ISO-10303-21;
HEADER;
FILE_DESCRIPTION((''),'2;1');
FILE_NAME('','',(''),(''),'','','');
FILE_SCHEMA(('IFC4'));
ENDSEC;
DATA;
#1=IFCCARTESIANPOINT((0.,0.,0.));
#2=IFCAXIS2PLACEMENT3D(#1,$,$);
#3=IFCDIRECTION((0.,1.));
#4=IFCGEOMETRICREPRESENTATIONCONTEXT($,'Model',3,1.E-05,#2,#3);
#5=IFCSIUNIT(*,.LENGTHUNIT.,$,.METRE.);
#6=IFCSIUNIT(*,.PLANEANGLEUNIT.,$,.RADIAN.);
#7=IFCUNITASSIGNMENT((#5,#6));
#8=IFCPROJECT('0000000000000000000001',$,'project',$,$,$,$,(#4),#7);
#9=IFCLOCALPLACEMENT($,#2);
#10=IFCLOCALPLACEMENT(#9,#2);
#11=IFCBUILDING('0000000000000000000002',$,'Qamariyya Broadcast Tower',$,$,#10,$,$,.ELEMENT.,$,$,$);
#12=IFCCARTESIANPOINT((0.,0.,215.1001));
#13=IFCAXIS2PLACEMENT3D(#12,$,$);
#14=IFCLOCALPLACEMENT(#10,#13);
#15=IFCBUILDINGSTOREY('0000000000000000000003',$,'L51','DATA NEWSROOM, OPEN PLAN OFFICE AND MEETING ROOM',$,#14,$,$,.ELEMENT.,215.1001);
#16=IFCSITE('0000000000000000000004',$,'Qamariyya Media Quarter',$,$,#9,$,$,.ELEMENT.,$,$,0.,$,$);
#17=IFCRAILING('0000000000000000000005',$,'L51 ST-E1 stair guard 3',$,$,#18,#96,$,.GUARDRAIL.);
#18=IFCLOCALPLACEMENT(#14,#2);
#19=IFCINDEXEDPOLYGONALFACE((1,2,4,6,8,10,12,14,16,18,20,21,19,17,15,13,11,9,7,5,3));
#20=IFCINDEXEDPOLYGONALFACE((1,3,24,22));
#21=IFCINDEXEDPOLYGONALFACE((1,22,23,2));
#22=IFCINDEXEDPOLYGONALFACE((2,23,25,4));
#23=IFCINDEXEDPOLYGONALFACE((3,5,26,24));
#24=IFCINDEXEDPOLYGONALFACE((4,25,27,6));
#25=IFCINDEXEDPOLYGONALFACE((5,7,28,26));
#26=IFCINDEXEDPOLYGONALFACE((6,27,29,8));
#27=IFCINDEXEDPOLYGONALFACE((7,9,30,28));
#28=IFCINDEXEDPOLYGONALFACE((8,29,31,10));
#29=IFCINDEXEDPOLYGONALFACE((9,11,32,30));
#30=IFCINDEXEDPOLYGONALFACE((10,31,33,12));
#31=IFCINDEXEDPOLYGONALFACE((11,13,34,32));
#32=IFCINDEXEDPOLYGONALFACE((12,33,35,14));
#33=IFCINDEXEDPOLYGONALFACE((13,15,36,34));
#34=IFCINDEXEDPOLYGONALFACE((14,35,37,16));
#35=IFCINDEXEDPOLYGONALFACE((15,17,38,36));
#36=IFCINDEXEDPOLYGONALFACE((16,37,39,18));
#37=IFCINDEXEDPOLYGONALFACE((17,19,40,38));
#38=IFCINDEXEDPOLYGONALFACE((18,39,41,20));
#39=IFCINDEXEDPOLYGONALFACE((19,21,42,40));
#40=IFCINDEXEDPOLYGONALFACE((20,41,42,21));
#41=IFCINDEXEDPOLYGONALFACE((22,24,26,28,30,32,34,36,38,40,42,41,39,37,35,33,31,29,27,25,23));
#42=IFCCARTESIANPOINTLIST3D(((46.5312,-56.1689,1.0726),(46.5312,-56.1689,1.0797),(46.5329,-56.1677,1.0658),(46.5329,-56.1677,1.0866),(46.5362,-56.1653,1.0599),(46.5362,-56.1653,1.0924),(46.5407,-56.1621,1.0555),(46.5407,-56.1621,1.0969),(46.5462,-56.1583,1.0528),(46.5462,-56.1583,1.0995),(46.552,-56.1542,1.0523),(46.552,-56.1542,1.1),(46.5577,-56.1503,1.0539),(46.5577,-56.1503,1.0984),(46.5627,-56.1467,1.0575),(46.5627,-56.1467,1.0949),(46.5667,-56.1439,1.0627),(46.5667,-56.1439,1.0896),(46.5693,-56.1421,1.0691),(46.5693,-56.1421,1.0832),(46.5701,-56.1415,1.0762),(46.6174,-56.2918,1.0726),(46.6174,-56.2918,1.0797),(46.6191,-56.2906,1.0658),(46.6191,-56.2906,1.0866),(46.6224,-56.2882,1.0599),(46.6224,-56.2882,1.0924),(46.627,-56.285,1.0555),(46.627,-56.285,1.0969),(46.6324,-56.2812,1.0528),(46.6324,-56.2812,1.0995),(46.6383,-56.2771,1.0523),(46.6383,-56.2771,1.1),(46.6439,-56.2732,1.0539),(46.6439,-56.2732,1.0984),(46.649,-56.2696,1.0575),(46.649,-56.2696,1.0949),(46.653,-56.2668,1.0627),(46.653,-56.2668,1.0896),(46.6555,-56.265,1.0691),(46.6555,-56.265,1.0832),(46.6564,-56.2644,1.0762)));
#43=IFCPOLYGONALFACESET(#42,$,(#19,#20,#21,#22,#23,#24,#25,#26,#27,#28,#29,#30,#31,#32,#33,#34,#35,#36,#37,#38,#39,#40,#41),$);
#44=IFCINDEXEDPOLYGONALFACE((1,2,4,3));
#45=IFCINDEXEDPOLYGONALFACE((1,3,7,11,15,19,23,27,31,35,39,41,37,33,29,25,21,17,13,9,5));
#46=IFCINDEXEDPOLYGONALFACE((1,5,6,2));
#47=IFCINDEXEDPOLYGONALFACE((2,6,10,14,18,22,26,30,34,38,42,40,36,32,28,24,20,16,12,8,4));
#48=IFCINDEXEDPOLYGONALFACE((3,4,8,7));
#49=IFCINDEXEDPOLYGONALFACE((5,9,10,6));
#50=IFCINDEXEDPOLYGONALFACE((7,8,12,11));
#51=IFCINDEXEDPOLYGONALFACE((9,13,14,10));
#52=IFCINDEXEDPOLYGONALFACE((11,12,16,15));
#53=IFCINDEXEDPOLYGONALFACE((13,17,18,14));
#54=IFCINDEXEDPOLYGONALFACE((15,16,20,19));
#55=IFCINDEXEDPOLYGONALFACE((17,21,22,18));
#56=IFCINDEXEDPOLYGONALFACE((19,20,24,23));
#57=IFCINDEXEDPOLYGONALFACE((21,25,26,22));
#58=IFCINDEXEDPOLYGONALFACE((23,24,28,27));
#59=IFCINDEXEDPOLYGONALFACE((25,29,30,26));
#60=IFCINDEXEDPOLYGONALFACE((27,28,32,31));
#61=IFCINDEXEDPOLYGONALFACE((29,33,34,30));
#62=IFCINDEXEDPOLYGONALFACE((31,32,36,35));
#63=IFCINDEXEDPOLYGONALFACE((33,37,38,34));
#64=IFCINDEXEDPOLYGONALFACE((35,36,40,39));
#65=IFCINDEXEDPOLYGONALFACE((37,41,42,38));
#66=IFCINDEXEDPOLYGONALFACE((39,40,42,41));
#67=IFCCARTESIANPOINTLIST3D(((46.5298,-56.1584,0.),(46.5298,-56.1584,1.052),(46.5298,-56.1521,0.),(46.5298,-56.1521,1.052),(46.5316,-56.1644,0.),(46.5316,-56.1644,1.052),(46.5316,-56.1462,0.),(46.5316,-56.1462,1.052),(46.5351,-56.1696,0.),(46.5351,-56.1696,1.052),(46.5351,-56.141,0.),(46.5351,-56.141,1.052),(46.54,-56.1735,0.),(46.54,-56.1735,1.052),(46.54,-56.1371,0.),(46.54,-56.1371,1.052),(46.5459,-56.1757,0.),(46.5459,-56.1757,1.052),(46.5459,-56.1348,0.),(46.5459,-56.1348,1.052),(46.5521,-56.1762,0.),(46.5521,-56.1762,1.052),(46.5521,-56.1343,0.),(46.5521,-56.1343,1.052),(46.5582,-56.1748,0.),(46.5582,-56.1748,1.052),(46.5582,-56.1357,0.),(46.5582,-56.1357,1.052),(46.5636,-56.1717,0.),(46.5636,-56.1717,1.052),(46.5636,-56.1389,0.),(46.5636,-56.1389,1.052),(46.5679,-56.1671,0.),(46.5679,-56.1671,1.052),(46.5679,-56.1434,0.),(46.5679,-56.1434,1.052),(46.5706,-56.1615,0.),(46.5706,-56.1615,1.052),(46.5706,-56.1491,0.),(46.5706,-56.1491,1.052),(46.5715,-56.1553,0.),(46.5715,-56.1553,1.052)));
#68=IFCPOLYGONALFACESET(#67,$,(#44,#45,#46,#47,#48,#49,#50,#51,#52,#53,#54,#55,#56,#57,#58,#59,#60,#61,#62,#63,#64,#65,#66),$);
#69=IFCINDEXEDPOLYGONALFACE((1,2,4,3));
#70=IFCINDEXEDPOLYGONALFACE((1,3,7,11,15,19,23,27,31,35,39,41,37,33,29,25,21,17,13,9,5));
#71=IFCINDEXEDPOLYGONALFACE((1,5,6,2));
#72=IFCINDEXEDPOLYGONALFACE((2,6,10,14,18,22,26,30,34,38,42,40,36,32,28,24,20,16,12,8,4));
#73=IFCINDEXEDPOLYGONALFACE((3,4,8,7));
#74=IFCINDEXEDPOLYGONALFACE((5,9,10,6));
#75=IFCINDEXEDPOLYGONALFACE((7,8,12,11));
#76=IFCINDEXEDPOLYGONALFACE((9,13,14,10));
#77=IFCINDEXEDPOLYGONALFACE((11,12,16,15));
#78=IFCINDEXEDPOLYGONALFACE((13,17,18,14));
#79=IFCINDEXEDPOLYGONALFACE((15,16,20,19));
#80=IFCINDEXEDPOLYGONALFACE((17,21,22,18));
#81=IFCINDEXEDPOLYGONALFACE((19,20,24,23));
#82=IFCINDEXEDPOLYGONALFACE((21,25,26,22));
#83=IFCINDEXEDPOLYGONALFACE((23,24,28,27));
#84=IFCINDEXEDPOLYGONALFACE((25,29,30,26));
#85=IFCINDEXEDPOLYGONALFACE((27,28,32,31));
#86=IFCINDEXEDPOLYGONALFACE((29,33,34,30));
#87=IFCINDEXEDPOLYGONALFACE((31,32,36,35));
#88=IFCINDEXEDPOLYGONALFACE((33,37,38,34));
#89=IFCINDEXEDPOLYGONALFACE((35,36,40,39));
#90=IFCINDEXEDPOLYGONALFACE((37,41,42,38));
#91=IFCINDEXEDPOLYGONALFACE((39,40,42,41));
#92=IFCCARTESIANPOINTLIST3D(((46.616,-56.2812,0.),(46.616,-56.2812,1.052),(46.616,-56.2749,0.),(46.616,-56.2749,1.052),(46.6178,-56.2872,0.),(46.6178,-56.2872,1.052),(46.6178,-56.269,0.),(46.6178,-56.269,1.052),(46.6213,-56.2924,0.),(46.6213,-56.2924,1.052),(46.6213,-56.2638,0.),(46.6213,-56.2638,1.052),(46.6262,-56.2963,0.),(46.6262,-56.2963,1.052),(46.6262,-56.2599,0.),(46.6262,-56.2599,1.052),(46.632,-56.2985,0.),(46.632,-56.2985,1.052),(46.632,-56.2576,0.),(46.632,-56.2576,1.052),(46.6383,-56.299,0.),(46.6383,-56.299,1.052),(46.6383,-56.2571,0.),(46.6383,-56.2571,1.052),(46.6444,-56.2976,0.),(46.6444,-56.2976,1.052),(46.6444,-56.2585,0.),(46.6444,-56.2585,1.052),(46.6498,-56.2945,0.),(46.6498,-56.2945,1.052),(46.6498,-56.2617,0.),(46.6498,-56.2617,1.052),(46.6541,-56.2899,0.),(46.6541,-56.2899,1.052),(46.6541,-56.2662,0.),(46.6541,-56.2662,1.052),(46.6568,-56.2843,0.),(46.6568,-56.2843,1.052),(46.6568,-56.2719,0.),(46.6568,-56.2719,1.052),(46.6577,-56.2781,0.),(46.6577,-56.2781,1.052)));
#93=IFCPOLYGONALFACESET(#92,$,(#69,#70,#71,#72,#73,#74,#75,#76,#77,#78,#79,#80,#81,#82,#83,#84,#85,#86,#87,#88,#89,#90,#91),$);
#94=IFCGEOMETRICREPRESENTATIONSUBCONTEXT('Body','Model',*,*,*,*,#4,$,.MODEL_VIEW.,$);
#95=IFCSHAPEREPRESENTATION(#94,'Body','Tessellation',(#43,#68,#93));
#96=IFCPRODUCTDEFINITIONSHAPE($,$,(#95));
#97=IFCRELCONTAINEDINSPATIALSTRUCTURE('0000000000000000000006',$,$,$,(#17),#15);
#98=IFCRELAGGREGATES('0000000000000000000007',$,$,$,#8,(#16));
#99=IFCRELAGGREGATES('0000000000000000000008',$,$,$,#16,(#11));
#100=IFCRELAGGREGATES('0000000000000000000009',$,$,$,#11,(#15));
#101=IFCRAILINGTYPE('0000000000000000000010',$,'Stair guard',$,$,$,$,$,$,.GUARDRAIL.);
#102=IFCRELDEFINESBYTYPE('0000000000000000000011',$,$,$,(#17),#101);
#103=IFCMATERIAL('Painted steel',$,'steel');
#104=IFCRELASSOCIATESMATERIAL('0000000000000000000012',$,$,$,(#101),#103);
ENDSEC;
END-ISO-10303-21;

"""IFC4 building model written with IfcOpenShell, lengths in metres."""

from ifc_helpers import new_model, si_unit, direction, frame, origin, origin_2d, place, context, subcontext, project, spatial, circle, extrude, material, type_object, element, save


model = new_model("IFC4")

# Units and contexts
model_context = context("Model", 3, precision=1e-05, world=origin(), true_north=direction((0.0, 1.0)))
body_context = subcontext(model_context, "Body", "Model", "MODEL_VIEW")
ifc_project = project(units=[si_unit("LENGTHUNIT", "METRE"), si_unit("PLANEANGLEUNIT", "RADIAN")], contexts=[model_context])

# Site, building, storey
site_placement = place(None, origin())
site = spatial("IfcSite", under=ifc_project, at=site_placement, Name="Qamariyya Media Quarter", CompositionType="ELEMENT", RefElevation=0.0)
building_placement = place(site_placement, origin())
building = spatial("IfcBuilding", under=site, at=building_placement, Name="Qamariyya Broadcast Tower", CompositionType="ELEMENT")
storey_placement = place(building_placement, frame((0.0, 0.0, 215.1001)))
storey = spatial("IfcBuildingStorey", under=building, at=storey_placement, Name="L51", Description="DATA NEWSROOM, OPEN PLAN OFFICE AND MEETING ROOM", CompositionType="ELEMENT", Elevation=215.1001)

# Railing
ifc_material_1 = material(Name="Painted steel", Category="steel")
railing_type_1 = type_object("IfcRailingType", Name="Stair guard", PredefinedType="GUARDRAIL", material=ifc_material_1)
railing_1_placement = place(storey_placement, frame((46.5505, -56.1553, 0.0)))
element("IfcRailing", 1, at=railing_1_placement, inside=storey, type_object=railing_type_1, Name="L51 ST-E1 stair guard 3", PredefinedType="GUARDRAIL", context=body_context, shape_type="SweptSolid", body=[
    extrude(circle(Radius=0.0239, at=origin_2d()), frame((0.0, 0.0, 1.0762), z_axis=(0.574445, -0.818543, 0.0), x_axis=(0.818543, 0.574445, 0.0)), (0.0, 0.0, 1.0), 0.1501),
    extrude(circle(Radius=0.021, at=origin_2d()), origin(), (0.0, 0.0, 1.0), 1.052),
    extrude(circle(Radius=0.021, at=origin_2d()), frame((0.0862, -0.1228, 0.0)), (0.0, 0.0, 1.0), 1.052),
])

save(model, "model.ifc")
